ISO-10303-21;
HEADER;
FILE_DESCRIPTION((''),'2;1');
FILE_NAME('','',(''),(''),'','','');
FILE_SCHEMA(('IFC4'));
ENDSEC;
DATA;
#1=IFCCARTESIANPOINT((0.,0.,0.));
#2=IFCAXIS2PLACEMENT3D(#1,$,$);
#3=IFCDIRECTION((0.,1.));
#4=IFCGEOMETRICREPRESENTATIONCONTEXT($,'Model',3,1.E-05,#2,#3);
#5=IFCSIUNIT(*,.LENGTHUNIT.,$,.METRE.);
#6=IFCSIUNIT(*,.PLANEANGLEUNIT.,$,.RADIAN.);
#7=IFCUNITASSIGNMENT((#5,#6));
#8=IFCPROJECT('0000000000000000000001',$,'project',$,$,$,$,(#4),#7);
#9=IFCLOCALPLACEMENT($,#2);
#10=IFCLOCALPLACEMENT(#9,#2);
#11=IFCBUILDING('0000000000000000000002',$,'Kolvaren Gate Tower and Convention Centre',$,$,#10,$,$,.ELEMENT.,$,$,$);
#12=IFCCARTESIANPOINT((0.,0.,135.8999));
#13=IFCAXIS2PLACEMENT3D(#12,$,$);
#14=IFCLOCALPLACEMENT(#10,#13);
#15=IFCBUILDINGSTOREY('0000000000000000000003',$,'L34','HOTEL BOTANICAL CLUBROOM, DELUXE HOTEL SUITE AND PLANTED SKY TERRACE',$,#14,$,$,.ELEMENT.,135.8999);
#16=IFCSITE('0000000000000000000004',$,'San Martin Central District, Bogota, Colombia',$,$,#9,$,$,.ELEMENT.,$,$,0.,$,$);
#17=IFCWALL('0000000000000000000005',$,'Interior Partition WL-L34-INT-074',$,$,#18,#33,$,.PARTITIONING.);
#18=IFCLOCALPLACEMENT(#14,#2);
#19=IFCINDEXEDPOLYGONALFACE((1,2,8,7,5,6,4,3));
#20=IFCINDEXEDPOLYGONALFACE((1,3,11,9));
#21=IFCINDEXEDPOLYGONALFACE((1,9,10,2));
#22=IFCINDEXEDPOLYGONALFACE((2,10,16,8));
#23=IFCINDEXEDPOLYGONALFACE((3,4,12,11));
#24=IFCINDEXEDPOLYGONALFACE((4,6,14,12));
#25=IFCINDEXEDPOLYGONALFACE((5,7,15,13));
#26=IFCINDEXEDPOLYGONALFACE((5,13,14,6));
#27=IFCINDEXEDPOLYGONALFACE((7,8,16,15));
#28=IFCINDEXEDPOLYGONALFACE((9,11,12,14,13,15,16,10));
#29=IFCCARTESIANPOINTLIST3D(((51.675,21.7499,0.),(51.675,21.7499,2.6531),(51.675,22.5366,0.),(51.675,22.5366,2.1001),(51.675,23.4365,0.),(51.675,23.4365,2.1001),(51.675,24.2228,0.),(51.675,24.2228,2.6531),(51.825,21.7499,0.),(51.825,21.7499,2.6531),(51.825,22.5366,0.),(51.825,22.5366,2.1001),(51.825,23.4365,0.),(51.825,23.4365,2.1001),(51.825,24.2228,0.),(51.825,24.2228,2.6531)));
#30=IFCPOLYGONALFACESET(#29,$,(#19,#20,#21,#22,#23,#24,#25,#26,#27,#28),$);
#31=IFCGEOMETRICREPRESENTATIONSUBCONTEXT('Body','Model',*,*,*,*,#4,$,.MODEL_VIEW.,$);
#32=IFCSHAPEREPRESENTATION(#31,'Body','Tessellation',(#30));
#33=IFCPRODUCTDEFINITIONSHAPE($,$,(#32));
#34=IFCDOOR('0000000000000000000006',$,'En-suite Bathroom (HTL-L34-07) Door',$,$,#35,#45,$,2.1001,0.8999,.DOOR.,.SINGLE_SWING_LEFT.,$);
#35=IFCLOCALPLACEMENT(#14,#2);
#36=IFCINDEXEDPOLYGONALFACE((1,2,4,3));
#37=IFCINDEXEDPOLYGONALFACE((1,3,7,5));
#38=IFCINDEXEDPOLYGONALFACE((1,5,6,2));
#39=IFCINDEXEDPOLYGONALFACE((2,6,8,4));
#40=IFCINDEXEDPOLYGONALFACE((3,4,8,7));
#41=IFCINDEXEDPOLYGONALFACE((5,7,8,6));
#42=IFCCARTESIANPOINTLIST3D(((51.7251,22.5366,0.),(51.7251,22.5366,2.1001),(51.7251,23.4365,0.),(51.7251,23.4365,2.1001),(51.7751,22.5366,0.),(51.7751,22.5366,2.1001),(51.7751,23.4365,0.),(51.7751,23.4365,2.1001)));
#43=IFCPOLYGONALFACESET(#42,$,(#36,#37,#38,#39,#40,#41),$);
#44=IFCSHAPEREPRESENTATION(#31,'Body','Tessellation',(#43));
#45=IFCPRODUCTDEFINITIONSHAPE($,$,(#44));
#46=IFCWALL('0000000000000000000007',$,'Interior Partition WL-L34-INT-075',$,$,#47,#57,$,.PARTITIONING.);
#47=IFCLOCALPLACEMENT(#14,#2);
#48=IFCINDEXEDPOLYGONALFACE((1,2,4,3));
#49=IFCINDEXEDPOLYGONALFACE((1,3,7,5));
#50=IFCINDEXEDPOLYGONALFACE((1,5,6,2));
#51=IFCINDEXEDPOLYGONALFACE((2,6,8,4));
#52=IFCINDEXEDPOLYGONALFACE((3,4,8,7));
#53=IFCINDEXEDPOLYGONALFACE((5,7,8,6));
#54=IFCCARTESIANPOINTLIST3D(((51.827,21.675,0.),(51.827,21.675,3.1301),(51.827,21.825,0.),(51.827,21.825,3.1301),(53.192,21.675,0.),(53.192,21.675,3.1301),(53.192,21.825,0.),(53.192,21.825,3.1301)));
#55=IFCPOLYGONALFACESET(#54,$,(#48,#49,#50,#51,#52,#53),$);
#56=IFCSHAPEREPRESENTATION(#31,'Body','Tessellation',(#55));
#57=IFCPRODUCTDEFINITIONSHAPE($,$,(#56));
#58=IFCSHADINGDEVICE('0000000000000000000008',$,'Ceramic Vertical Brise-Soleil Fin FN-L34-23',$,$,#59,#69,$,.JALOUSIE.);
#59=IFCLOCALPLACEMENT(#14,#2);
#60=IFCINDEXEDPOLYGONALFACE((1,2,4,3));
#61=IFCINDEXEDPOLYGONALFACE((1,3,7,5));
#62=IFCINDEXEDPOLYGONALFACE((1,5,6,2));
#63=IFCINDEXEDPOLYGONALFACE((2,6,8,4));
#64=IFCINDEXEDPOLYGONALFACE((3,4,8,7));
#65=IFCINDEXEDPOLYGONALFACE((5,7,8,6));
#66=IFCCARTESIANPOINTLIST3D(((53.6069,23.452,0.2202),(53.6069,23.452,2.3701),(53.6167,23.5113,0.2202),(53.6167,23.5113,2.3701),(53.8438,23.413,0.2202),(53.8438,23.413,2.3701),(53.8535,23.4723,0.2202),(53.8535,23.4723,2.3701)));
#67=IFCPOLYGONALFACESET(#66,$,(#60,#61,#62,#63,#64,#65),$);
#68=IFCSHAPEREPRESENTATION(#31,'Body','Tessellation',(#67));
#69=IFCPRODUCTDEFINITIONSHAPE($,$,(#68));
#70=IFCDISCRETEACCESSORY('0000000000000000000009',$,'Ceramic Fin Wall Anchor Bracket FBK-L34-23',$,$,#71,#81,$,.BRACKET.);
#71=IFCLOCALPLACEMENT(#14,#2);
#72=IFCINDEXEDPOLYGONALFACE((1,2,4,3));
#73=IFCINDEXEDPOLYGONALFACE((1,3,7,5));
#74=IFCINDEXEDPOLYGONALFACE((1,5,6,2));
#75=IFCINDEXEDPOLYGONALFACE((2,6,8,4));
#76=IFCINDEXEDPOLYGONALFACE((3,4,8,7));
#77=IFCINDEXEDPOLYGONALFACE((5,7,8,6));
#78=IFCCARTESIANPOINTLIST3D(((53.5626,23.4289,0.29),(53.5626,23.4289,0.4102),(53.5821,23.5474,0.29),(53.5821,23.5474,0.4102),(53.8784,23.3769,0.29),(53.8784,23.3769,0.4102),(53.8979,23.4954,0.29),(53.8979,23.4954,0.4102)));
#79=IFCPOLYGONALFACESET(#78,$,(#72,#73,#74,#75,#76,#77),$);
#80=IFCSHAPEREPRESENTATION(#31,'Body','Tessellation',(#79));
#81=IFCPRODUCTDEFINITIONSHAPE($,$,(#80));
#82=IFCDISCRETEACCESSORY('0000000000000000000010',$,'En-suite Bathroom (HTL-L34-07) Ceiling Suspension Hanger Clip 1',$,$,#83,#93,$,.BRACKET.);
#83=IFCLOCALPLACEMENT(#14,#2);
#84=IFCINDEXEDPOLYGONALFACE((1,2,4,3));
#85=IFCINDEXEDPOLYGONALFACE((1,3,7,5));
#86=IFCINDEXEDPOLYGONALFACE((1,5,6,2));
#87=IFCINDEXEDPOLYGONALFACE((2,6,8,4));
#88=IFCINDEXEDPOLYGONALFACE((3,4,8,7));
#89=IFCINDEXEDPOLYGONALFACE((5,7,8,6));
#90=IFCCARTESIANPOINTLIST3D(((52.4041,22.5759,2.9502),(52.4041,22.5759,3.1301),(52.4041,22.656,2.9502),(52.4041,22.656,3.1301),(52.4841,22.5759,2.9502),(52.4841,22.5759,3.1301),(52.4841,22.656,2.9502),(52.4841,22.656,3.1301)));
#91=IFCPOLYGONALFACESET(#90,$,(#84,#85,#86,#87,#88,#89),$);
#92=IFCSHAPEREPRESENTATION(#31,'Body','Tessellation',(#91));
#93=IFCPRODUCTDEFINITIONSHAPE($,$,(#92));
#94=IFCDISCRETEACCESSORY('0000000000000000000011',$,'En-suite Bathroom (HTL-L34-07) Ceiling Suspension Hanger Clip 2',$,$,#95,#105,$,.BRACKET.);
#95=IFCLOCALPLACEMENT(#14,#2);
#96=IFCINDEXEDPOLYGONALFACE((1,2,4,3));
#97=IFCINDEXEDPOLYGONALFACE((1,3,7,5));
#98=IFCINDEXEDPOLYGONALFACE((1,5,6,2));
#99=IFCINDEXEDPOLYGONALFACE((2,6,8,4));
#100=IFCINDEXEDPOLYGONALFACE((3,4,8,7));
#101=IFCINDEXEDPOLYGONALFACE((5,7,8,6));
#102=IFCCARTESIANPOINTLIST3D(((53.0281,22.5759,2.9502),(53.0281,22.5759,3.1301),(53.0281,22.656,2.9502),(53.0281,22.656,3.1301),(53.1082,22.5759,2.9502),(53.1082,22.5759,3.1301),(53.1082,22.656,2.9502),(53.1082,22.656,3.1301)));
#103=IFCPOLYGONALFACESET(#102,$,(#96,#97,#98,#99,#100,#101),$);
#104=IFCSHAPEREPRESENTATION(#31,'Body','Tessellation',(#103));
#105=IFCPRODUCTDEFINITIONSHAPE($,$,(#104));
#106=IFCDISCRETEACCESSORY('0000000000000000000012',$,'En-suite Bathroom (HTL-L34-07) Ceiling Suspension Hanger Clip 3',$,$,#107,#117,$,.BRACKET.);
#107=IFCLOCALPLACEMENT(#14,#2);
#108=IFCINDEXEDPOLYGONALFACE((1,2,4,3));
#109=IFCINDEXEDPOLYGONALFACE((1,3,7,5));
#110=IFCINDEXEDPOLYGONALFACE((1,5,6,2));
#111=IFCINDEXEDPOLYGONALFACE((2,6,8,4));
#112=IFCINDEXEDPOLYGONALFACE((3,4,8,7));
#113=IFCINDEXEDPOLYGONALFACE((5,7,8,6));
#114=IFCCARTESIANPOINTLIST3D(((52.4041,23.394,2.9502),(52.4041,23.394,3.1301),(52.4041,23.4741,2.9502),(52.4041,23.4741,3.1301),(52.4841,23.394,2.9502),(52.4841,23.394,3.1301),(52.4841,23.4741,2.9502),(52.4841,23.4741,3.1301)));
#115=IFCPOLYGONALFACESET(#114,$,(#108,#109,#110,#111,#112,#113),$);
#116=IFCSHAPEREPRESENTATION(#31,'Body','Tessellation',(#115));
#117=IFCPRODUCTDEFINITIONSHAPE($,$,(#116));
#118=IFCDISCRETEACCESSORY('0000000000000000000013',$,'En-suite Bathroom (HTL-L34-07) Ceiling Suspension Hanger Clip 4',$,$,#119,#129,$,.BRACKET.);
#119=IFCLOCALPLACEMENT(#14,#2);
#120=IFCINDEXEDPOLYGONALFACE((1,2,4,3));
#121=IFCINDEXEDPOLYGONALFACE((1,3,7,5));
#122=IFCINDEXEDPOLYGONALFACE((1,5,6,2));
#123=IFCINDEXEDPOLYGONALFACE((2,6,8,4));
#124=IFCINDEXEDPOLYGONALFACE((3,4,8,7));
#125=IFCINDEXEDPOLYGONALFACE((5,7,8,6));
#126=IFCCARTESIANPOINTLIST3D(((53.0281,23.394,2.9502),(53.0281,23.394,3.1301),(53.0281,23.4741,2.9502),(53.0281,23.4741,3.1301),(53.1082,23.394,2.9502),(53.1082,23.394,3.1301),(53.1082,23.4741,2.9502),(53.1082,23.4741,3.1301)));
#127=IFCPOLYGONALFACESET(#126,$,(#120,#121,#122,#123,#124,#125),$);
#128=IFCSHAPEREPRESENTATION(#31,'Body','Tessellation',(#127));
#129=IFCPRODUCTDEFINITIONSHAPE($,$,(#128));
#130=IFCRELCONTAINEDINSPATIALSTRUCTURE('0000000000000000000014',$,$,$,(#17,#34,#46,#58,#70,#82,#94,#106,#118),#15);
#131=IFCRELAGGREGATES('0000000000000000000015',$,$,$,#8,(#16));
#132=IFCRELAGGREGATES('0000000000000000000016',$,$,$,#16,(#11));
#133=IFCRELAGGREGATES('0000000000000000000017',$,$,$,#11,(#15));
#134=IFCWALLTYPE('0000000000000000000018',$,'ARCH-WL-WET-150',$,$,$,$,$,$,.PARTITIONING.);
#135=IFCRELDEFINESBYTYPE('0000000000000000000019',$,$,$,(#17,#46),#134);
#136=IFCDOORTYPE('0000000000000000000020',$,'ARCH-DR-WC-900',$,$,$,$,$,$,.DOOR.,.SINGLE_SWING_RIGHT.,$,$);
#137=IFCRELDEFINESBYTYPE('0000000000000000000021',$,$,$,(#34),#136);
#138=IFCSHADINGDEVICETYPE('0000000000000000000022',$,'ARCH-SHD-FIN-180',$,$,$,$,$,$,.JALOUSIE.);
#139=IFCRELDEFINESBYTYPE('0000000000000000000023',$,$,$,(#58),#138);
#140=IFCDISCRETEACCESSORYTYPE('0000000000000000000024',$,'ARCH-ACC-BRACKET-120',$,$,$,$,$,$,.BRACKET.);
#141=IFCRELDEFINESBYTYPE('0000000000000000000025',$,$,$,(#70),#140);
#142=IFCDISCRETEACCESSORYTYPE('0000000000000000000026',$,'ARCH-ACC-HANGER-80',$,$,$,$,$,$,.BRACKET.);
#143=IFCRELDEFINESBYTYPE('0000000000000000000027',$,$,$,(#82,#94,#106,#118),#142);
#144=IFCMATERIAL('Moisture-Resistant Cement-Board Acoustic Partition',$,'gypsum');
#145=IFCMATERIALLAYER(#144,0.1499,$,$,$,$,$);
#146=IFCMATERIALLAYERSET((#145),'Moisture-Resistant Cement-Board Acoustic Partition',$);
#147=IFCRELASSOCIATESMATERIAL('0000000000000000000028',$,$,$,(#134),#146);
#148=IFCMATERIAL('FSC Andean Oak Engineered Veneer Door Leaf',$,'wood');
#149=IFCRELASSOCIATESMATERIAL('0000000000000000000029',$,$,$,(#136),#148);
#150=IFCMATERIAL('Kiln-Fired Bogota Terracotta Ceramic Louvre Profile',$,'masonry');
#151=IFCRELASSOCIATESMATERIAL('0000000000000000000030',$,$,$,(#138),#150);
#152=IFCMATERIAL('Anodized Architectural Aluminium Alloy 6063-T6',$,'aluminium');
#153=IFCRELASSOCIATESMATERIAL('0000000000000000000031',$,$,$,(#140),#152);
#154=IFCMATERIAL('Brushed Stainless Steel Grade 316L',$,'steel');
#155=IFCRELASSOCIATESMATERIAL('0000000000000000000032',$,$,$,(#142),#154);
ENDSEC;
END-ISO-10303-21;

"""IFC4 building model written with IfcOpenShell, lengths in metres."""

from ifc_helpers import new_model, si_unit, direction, frame, frame_2d, origin, origin_2d, place, context, subcontext, project, spatial, rectangle, extrude, material, layer, layer_set, type_object, element, fill, save


model = new_model("IFC4")

# Units and contexts
model_context = context("Model", 3, precision=1e-05, world=origin(), true_north=direction((0.0, 1.0)))
body_context = subcontext(model_context, "Body", "Model", "MODEL_VIEW")
ifc_project = project(units=[si_unit("LENGTHUNIT", "METRE"), si_unit("PLANEANGLEUNIT", "RADIAN")], contexts=[model_context])

# Site, building, storey
site_placement = place(None, origin())
site = spatial("IfcSite", under=ifc_project, at=site_placement, Name="San Martin Central District, Bogota, Colombia", CompositionType="ELEMENT", RefElevation=0.0)
building_placement = place(site_placement, origin())
building = spatial("IfcBuilding", under=site, at=building_placement, Name="Kolvaren Gate Tower and Convention Centre", CompositionType="ELEMENT")
storey_placement = place(building_placement, frame((0.0, 0.0, 135.8999)))
storey = spatial("IfcBuildingStorey", under=building, at=storey_placement, Name="L34", Description="HOTEL BOTANICAL CLUBROOM, DELUXE HOTEL SUITE AND PLANTED SKY TERRACE", CompositionType="ELEMENT", Elevation=135.8999)

# Shared definitions
ifc_material_1 = material(Name="Anodized Architectural Aluminium Alloy 6063-T6", Category="aluminium")

# Shared definitions
ifc_material_2 = material(Name="Moisture-Resistant Cement-Board Acoustic Partition", Category="gypsum")
ifc_layer_1 = layer(ifc_material_2, 0.1499)
ifc_layer_set_1 = layer_set([ifc_layer_1], Name="Moisture-Resistant Cement-Board Acoustic Partition")
wall_type_1 = type_object("IfcWallType", Name="ARCH-WL-WET-150", PredefinedType="PARTITIONING", material=ifc_layer_set_1)

# Shared definitions
ifc_material_3 = material(Name="FSC Andean Oak Engineered Veneer Door Leaf", Category="wood")
door_type = type_object("IfcDoorType", Name="ARCH-DR-WC-900", OperationType="SINGLE_SWING_RIGHT", PredefinedType="DOOR", material=ifc_material_3)

# Wall, opening, door
wall_1_placement = place(storey_placement, frame((51.75, 21.75, 0.0), z_axis=(0.0, 0.0, 1.0), x_axis=(0.0, 1.0, 0.0)))
wall_1 = element("IfcWall", 1, at=wall_1_placement, inside=storey, type_object=wall_type_1, Name="Interior Partition WL-L34-INT-074", PredefinedType="PARTITIONING", context=body_context, shape_type="SweptSolid", body=[
    extrude(rectangle(XDim=2.4729, YDim=0.1499, at=frame_2d((1.2363, 0.0))), origin(), (0.0, 0.0, 1.0), 2.6531),
])
opening_1_placement = place(wall_1_placement, frame((0.7866, 0.0, 0.0)))
opening_1 = element("IfcOpeningElement", 2, at=opening_1_placement, cuts=wall_1, PredefinedType="OPENING", context=body_context, shape_type="SweptSolid", body=[
    extrude(rectangle(XDim=0.8999, YDim=2.1001, at=frame_2d((0.45, 1.05))), frame((0.0, 0.085, 0.0), z_axis=(0.0, -1.0, 0.0), x_axis=(1.0, 0.0, 0.0)), (0.0, 0.0, 1.0), 0.1699),
])
door_1_placement = place(opening_1_placement, origin())
door_1 = element("IfcDoor", 3, at=door_1_placement, inside=storey, type_object=door_type, Name="En-suite Bathroom (HTL-L34-07) Door", OperationType="SINGLE_SWING_LEFT", OverallHeight=2.1001, OverallWidth=0.8999, PredefinedType="DOOR", context=body_context, shape_type="SweptSolid", body=[
    extrude(rectangle(XDim=0.8999, YDim=2.1001, at=frame_2d((0.45, 1.05))), frame((0.0, 0.0249, 0.0), z_axis=(0.0, -1.0, 0.0), x_axis=(1.0, 0.0, 0.0)), (0.0, 0.0, 1.0), 0.05),
])
fill(opening_1, door_1)

# Wall
wall_2_placement = place(storey_placement, frame((51.8269, 21.75, 0.0), z_axis=(0.0, 0.0, 1.0), x_axis=(1.0, 0.0, 0.0)))
element("IfcWall", 4, at=wall_2_placement, inside=storey, type_object=wall_type_1, Name="Interior Partition WL-L34-INT-075", PredefinedType="PARTITIONING", context=body_context, shape_type="SweptSolid", body=[
    extrude(rectangle(XDim=1.365, YDim=0.1499, at=frame_2d((0.6826, 0.0))), origin(), (0.0, 0.0, 1.0), 3.1301),
])

# Shared definitions
ifc_material_4 = material(Name="Brushed Stainless Steel Grade 316L", Category="steel")

# Shading device
ifc_material_5 = material(Name="Kiln-Fired Bogota Terracotta Ceramic Louvre Profile", Category="masonry")
shading_device_type = type_object("IfcShadingDeviceType", Name="ARCH-SHD-FIN-180", PredefinedType="JALOUSIE", material=ifc_material_5)
shading_device_placement = place(storey_placement, frame((53.7302, 23.4622, 0.2202), z_axis=(0.0, 0.0, 1.0), x_axis=(0.162389, 0.986727, 0.0)))
element("IfcShadingDevice", 5, at=shading_device_placement, inside=storey, type_object=shading_device_type, Name="Ceramic Vertical Brise-Soleil Fin FN-L34-23", PredefinedType="JALOUSIE", context=body_context, shape_type="SweptSolid", body=[
    extrude(rectangle(XDim=0.0601, YDim=0.24, at=origin_2d()), origin(), (0.0, 0.0, 1.0), 2.1499),
])

# Discrete accessories
discrete_accessory_type_1 = type_object("IfcDiscreteAccessoryType", Name="ARCH-ACC-BRACKET-120", PredefinedType="BRACKET", material=ifc_material_1)
discrete_accessory_placement = place(storey_placement, frame((53.7302, 23.4622, 0.29), z_axis=(0.0, 0.0, 1.0), x_axis=(0.162389, 0.986727, 0.0)))
element("IfcDiscreteAccessory", 6, at=discrete_accessory_placement, inside=storey, type_object=discrete_accessory_type_1, Name="Ceramic Fin Wall Anchor Bracket FBK-L34-23", PredefinedType="BRACKET", context=body_context, shape_type="SweptSolid", body=[
    extrude(rectangle(XDim=0.1201, YDim=0.3201, at=origin_2d()), origin(), (0.0, 0.0, 1.0), 0.1201),
])
discrete_accessory_type_2 = type_object("IfcDiscreteAccessoryType", Name="ARCH-ACC-HANGER-80", PredefinedType="BRACKET", material=ifc_material_4)
for number, where, z_axis, x_axis, name in (
    (7, (52.4441, 22.616, 2.9502), (0.0, 0.0, 1.0), (1.0, 0.0, 0.0), "En-suite Bathroom (HTL-L34-07) Ceiling Suspension Hanger Clip 1"),
    (8, (53.0681, 22.616, 2.9502), (0.0, 0.0, 1.0), (1.0, 0.0, 0.0), "En-suite Bathroom (HTL-L34-07) Ceiling Suspension Hanger Clip 2"),
    (9, (52.4441, 23.4341, 2.9502), (0.0, 0.0, 1.0), (1.0, 0.0, 0.0), "En-suite Bathroom (HTL-L34-07) Ceiling Suspension Hanger Clip 3"),
    (10, (53.0681, 23.4341, 2.9502), (0.0, 0.0, 1.0), (1.0, 0.0, 0.0), "En-suite Bathroom (HTL-L34-07) Ceiling Suspension Hanger Clip 4"),
):
    element("IfcDiscreteAccessory", number, at=place(storey_placement, frame(where, z_axis=z_axis, x_axis=x_axis)), inside=storey, type_object=discrete_accessory_type_2, Name=name, PredefinedType="BRACKET", context=body_context, shape_type="SweptSolid", body=[
        extrude(rectangle(XDim=0.0801, YDim=0.0801, at=origin_2d()), origin(), (0.0, 0.0, 1.0), 0.1799),
    ])

save(model, "model.ifc")
